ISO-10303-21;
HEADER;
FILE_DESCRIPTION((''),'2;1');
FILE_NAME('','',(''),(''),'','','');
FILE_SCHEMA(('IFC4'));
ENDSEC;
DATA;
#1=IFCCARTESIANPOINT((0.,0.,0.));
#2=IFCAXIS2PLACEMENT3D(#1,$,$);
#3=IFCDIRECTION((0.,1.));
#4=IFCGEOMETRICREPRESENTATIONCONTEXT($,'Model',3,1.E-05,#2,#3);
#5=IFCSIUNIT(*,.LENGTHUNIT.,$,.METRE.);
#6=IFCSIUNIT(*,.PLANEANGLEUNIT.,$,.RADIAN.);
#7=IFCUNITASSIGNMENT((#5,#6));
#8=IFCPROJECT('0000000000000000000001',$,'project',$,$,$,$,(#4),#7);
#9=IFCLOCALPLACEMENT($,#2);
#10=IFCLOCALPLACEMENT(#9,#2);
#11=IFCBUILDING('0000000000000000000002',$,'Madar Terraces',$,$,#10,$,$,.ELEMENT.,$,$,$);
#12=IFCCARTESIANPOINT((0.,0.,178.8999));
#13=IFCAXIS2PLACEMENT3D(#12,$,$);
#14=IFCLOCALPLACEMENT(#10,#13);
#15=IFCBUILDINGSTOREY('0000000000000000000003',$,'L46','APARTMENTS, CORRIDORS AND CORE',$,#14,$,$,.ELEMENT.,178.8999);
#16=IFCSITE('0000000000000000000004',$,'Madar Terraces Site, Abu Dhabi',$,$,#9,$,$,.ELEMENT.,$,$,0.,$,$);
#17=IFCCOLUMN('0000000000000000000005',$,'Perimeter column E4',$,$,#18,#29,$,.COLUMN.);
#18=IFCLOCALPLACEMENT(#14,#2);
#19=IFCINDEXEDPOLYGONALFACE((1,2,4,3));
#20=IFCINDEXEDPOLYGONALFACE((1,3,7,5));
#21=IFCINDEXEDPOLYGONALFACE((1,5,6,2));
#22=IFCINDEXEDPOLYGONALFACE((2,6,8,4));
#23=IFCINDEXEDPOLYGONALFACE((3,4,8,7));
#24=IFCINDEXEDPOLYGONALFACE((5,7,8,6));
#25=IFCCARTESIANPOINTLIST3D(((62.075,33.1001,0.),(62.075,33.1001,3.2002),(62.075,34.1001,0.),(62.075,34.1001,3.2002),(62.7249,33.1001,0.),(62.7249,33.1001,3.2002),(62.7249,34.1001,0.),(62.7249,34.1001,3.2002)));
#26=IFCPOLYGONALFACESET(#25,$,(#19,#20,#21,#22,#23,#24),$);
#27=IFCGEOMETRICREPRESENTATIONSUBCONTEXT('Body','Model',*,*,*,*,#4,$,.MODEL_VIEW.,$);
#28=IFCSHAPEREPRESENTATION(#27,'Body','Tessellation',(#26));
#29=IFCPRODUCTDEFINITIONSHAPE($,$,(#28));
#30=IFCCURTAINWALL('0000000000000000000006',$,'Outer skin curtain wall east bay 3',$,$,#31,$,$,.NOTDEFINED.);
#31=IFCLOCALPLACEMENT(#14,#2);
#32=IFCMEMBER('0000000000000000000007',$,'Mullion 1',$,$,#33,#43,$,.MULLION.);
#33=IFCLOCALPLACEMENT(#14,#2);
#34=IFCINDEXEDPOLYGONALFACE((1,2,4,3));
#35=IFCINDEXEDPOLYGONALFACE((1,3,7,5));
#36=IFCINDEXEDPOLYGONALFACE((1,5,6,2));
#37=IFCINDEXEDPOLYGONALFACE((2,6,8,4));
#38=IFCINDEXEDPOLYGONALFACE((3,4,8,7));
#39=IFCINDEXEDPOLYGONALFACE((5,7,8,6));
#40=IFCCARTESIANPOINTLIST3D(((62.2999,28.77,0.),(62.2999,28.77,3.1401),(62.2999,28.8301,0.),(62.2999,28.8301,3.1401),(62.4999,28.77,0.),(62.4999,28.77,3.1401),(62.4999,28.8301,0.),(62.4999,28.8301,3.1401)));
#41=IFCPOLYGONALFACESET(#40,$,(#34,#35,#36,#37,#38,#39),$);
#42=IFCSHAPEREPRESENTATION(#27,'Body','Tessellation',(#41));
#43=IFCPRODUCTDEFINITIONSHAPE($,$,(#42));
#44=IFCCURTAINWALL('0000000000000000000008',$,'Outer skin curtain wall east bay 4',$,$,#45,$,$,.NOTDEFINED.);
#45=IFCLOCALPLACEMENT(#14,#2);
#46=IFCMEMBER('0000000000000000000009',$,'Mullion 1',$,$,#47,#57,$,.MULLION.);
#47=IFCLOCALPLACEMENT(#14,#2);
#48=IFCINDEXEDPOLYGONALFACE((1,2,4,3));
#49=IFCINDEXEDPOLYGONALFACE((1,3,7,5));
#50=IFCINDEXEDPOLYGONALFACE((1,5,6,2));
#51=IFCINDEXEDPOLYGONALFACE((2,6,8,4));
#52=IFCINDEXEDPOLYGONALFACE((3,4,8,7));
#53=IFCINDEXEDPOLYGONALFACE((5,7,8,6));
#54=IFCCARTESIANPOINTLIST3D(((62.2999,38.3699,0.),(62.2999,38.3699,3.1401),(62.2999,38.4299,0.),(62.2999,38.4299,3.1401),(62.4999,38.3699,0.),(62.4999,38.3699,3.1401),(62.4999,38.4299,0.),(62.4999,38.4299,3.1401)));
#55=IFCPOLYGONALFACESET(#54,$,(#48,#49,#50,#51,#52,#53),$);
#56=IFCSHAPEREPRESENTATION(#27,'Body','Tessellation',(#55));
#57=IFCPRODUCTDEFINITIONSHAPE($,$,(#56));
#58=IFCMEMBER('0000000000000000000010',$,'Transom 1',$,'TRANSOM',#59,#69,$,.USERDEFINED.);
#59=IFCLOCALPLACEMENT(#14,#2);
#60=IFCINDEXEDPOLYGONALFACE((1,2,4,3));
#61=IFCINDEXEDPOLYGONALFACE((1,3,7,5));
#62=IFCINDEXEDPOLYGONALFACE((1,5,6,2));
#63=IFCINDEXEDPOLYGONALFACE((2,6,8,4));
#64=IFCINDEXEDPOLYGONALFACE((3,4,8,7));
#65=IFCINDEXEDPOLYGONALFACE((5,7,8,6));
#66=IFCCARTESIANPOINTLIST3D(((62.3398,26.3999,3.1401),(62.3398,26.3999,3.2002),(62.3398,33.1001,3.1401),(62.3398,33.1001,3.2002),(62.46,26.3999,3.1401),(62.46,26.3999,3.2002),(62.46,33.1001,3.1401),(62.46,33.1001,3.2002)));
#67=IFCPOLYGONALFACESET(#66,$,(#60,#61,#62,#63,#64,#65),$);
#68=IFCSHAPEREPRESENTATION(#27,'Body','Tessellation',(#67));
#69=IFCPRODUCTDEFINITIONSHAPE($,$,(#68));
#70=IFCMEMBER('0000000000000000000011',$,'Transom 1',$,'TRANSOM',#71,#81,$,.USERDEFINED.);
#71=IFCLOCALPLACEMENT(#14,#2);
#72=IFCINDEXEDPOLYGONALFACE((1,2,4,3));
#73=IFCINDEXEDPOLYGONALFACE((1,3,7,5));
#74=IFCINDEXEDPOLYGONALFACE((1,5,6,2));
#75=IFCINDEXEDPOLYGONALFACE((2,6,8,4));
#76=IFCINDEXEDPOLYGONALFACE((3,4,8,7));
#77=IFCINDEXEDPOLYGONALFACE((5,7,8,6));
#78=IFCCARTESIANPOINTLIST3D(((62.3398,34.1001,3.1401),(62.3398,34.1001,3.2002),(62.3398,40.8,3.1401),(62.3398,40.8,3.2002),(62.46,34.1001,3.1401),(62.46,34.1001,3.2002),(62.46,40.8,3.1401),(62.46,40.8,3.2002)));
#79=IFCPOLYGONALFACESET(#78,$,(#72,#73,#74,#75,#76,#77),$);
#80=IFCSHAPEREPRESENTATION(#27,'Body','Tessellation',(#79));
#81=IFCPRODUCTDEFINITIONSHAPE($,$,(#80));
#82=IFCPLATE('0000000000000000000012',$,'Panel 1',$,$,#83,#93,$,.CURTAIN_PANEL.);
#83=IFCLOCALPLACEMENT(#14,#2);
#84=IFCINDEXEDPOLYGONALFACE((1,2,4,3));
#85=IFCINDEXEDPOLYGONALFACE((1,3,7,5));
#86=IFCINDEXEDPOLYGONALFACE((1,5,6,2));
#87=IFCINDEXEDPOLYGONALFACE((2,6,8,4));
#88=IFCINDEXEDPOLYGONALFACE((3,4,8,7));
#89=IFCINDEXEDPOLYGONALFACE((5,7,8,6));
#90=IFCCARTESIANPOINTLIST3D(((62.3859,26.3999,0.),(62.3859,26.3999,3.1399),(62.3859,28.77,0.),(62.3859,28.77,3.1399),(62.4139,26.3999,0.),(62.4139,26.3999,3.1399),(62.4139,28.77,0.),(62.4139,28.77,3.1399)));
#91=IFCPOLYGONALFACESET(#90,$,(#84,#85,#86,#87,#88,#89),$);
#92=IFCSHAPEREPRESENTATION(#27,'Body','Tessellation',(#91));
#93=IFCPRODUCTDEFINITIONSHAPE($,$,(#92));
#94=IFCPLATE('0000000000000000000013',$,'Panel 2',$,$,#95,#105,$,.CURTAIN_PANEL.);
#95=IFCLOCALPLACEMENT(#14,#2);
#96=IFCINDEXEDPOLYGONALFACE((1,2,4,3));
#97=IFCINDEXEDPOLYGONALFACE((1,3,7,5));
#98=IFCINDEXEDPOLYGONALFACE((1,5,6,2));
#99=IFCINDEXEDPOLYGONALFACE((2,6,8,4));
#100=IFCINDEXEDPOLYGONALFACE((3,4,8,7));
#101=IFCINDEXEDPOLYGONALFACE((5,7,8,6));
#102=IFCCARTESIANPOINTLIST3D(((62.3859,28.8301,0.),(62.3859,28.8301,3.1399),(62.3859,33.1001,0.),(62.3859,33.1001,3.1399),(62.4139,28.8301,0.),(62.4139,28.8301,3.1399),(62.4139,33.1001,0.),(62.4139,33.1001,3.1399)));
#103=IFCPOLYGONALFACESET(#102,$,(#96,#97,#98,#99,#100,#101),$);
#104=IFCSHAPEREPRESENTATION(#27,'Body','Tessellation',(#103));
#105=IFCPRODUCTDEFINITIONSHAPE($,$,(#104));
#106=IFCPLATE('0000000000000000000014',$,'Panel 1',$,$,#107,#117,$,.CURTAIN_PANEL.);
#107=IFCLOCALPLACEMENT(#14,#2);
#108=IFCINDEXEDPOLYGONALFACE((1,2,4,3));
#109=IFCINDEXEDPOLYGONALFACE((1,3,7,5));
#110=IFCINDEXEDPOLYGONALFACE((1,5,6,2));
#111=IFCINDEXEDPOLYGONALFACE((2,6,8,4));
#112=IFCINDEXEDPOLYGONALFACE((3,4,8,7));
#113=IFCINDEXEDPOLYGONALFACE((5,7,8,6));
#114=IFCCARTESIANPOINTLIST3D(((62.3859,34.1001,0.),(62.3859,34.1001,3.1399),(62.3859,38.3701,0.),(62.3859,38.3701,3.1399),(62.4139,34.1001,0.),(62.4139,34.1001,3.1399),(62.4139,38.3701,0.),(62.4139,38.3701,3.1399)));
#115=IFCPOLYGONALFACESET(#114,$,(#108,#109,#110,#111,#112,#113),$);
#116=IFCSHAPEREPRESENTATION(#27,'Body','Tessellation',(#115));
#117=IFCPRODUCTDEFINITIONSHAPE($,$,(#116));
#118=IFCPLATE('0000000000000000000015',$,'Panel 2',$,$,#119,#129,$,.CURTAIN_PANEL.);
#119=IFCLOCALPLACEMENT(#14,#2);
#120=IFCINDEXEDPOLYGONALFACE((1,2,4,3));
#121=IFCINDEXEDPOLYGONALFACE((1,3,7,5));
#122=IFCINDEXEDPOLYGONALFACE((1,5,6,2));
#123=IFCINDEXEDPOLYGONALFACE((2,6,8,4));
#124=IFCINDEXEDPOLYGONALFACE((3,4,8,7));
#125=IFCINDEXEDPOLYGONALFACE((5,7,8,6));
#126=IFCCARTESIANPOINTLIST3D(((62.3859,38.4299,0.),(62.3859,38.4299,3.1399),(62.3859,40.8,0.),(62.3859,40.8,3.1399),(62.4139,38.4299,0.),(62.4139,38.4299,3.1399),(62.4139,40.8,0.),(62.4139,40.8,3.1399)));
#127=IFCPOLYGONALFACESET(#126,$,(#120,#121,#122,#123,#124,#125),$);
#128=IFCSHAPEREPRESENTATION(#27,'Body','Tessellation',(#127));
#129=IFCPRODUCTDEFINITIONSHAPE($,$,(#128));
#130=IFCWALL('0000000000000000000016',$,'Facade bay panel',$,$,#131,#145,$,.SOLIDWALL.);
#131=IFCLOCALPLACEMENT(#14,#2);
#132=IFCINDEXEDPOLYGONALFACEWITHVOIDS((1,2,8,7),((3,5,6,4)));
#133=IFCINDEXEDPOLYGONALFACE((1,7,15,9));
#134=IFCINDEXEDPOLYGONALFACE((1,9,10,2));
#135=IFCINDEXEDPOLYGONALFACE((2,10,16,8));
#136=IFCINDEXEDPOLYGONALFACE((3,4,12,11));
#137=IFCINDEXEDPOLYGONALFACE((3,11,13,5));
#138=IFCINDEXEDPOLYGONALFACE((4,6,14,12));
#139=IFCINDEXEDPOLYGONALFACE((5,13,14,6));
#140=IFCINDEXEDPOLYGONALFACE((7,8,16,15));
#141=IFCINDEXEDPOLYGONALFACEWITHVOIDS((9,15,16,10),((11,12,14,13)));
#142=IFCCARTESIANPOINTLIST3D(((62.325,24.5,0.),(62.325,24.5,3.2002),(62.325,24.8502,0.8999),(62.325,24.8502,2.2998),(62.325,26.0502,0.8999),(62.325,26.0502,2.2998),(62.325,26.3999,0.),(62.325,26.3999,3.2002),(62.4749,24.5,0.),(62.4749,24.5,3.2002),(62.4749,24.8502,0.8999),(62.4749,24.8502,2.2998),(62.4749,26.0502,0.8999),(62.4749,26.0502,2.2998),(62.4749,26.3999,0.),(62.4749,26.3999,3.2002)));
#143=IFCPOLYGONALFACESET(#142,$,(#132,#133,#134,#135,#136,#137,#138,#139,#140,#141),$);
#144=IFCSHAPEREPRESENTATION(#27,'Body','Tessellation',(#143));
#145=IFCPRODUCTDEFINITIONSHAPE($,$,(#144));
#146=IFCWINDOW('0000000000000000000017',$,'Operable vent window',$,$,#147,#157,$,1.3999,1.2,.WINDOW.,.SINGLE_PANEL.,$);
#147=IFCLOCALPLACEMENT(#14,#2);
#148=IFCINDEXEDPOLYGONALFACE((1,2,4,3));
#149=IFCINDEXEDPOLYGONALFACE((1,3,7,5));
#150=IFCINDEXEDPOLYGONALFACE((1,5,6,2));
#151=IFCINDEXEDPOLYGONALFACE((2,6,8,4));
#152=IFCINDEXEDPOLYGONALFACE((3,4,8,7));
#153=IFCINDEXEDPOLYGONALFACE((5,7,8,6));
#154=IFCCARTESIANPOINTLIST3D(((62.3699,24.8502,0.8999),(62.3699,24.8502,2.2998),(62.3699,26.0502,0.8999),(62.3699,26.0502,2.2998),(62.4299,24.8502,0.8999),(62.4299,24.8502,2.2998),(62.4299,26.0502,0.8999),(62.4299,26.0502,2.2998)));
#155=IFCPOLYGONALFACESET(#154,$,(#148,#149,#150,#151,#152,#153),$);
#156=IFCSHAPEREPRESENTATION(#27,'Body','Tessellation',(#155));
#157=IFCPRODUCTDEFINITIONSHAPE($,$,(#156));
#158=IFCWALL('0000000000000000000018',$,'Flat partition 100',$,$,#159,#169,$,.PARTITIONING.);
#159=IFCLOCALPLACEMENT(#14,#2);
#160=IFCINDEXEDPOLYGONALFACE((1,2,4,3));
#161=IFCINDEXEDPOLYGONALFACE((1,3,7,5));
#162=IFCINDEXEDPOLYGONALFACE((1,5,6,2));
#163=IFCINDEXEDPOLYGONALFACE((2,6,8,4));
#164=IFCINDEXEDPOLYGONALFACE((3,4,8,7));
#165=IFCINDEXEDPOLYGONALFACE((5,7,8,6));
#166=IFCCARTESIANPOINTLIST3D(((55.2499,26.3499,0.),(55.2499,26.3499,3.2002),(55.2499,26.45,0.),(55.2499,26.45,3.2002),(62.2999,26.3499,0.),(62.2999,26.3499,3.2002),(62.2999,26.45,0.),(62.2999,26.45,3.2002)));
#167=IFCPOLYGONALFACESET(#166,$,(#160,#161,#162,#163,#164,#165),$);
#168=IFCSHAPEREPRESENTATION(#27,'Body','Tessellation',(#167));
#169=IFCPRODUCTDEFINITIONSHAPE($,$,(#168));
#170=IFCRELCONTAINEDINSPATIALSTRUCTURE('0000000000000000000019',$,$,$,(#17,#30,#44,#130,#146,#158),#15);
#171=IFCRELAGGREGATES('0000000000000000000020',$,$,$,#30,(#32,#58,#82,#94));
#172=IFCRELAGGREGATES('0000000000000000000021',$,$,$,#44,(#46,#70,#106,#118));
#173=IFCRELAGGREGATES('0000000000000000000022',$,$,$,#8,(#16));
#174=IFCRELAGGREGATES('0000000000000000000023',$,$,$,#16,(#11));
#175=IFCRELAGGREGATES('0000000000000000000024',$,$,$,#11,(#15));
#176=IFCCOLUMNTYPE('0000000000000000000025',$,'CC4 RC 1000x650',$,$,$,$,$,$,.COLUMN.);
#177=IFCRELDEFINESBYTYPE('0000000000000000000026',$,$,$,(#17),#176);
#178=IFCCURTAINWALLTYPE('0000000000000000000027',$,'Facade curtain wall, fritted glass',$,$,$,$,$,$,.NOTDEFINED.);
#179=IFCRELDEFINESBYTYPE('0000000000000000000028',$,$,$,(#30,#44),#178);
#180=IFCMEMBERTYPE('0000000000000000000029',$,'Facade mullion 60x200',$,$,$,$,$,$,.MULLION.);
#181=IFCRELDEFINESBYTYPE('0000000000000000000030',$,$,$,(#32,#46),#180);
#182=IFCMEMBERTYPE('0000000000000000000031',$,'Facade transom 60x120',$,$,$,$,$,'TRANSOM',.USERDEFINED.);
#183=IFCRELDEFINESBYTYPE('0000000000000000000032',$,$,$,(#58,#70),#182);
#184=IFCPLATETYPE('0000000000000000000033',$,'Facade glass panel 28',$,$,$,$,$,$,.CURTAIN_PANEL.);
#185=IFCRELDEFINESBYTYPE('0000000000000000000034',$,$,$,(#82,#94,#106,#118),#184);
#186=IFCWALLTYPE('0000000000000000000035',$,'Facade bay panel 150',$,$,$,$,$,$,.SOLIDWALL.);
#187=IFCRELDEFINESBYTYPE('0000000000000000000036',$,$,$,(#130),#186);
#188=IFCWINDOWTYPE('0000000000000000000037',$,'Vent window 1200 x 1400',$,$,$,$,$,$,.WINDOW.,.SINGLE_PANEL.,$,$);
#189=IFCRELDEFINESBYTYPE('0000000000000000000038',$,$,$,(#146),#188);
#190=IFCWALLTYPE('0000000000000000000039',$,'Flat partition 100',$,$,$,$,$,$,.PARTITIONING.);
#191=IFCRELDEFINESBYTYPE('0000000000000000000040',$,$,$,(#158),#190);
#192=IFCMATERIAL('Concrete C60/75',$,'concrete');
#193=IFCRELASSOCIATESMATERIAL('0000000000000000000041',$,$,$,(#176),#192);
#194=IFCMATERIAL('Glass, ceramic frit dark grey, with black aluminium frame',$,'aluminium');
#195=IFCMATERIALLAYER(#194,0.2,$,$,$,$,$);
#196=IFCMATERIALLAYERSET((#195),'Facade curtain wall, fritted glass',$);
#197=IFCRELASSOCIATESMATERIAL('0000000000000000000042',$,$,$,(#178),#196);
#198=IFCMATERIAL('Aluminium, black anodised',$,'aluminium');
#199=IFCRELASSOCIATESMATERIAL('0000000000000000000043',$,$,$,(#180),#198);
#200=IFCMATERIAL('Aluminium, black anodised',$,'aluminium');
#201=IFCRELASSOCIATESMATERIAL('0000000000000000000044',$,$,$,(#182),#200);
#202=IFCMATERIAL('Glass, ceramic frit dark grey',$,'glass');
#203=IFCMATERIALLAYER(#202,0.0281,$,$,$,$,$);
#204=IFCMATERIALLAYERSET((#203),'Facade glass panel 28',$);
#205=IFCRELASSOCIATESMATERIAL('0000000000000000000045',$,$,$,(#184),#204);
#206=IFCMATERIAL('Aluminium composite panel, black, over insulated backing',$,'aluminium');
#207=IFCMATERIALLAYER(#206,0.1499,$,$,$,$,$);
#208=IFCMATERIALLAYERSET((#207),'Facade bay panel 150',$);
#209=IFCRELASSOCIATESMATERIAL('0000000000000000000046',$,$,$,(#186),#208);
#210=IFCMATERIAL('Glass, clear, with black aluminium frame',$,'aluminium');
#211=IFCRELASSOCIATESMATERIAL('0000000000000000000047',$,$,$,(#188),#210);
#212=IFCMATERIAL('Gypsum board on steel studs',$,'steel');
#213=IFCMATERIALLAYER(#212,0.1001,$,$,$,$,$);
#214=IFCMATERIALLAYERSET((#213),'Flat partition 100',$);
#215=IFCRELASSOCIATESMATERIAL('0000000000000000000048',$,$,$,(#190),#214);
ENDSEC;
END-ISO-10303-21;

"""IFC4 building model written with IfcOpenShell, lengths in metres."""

from ifc_helpers import new_model, si_unit, direction, frame, frame_2d, origin, origin_2d, place, context, subcontext, project, spatial, rectangle, extrude, material, layer, layer_set, material_profile, profile_set, type_object, element, fill, aggregate, save


model = new_model("IFC4")

# Units and contexts
model_context = context("Model", 3, precision=1e-05, world=origin(), true_north=direction((0.0, 1.0)))
body_context = subcontext(model_context, "Body", "Model", "MODEL_VIEW")
ifc_project = project(units=[si_unit("LENGTHUNIT", "METRE"), si_unit("PLANEANGLEUNIT", "RADIAN")], contexts=[model_context])

# Site, building, storey
site_placement = place(None, origin())
site = spatial("IfcSite", under=ifc_project, at=site_placement, Name="Madar Terraces Site, Abu Dhabi", CompositionType="ELEMENT", RefElevation=0.0)
building_placement = place(site_placement, origin())
building = spatial("IfcBuilding", under=site, at=building_placement, Name="Madar Terraces", CompositionType="ELEMENT")
storey_placement = place(building_placement, frame((0.0, 0.0, 178.8999)))
storey = spatial("IfcBuildingStorey", under=building, at=storey_placement, Name="L46", Description="APARTMENTS, CORRIDORS AND CORE", CompositionType="ELEMENT", Elevation=178.8999)

# Column
ifc_material_1 = material(Name="Concrete C60/75", Category="concrete")
ifc_material_profile_1 = material_profile(ifc_material_1, rectangle(XDim=1.0, YDim=0.6499, at=origin_2d()), Name="CC4 RC 1000x650")
ifc_profile_set_1 = profile_set([ifc_material_profile_1], Name="Concrete C60/75")
column_type = type_object("IfcColumnType", Name="CC4 RC 1000x650", PredefinedType="COLUMN", material=ifc_profile_set_1)
column_placement = place(storey_placement, frame((62.3999, 33.6001, 0.0), z_axis=(0.0, 0.0, 1.0), x_axis=(0.0, 1.0, 0.0)))
element("IfcColumn", 1, at=column_placement, inside=storey, type_object=column_type, Name="Perimeter column E4", PredefinedType="COLUMN", context=body_context, shape_type="SweptSolid", body=[
    extrude(rectangle(XDim=1.0, YDim=0.6499, at=origin_2d()), origin(), (0.0, 0.0, 1.0), 3.2002),
])

# Curtain walls, members
ifc_material_2 = material(Name="Glass, ceramic frit dark grey, with black aluminium frame", Category="aluminium")
ifc_layer_1 = layer(ifc_material_2, 0.2)
ifc_layer_set_1 = layer_set([ifc_layer_1], Name="Facade curtain wall, fritted glass")
curtain_wall_type = type_object("IfcCurtainWallType", Name="Facade curtain wall, fritted glass", PredefinedType="NOTDEFINED", material=ifc_layer_set_1)
curtain_wall_1_placement = place(storey_placement, origin())
curtain_wall_1 = element("IfcCurtainWall", 2, at=curtain_wall_1_placement, inside=storey, type_object=curtain_wall_type, Name="Outer skin curtain wall east bay 3", PredefinedType="NOTDEFINED")
ifc_material_3 = material(Name="Aluminium, black anodised", Category="aluminium")
ifc_material_profile_2 = material_profile(ifc_material_3, rectangle(XDim=0.2, YDim=0.0601, at=origin_2d()), Name="Facade mullion 60x200")
ifc_profile_set_2 = profile_set([ifc_material_profile_2], Name="Aluminium, black anodised")
member_type_1 = type_object("IfcMemberType", Name="Facade mullion 60x200", PredefinedType="MULLION", material=ifc_profile_set_2)
member_1_placement = place(storey_placement, frame((62.3999, 28.8, 0.0), z_axis=(0.0, 0.0, 1.0), x_axis=(-1.0, 0.0, 0.0)))
member_1 = element("IfcMember", 3, at=member_1_placement, type_object=member_type_1, Name="Mullion 1", PredefinedType="MULLION", context=body_context, shape_type="SweptSolid", body=[
    extrude(rectangle(XDim=0.2, YDim=0.0601, at=origin_2d()), origin(), (0.0, 0.0, 1.0), 3.1401),
])
curtain_wall_2_placement = place(storey_placement, origin())
curtain_wall_2 = element("IfcCurtainWall", 4, at=curtain_wall_2_placement, inside=storey, type_object=curtain_wall_type, Name="Outer skin curtain wall east bay 4", PredefinedType="NOTDEFINED")
member_2_placement = place(storey_placement, frame((62.3999, 38.3999, 0.0), z_axis=(0.0, 0.0, 1.0), x_axis=(-1.0, 0.0, 0.0)))
member_2 = element("IfcMember", 5, at=member_2_placement, type_object=member_type_1, Name="Mullion 1", PredefinedType="MULLION", context=body_context, shape_type="SweptSolid", body=[
    extrude(rectangle(XDim=0.2, YDim=0.0601, at=origin_2d()), origin(), (0.0, 0.0, 1.0), 3.1401),
])

# Members
ifc_material_4 = material(Name="Aluminium, black anodised", Category="aluminium")
ifc_material_profile_3 = material_profile(ifc_material_4, rectangle(XDim=0.1201, YDim=0.0601, at=origin_2d()), Name="Facade transom 60x120")
ifc_profile_set_3 = profile_set([ifc_material_profile_3], Name="Aluminium, black anodised")
member_type_2 = type_object("IfcMemberType", Name="Facade transom 60x120", ElementType="TRANSOM", PredefinedType="USERDEFINED", material=ifc_profile_set_3)
member_3_placement = place(storey_placement, frame((62.3999, 26.3999, 3.1702), z_axis=(0.0, 1.0, 0.0), x_axis=(-1.0, 0.0, 0.0)))
member_3 = element("IfcMember", 6, at=member_3_placement, type_object=member_type_2, Name="Transom 1", ObjectType="TRANSOM", PredefinedType="USERDEFINED", context=body_context, shape_type="SweptSolid", body=[
    extrude(rectangle(XDim=0.1201, YDim=0.0601, at=origin_2d()), origin(), (0.0, 0.0, 1.0), 6.7002),
])
member_4_placement = place(storey_placement, frame((62.3999, 34.1001, 3.1702), z_axis=(0.0, 1.0, 0.0), x_axis=(-1.0, 0.0, 0.0)))
member_4 = element("IfcMember", 7, at=member_4_placement, type_object=member_type_2, Name="Transom 1", ObjectType="TRANSOM", PredefinedType="USERDEFINED", context=body_context, shape_type="SweptSolid", body=[
    extrude(rectangle(XDim=0.1201, YDim=0.0601, at=origin_2d()), origin(), (0.0, 0.0, 1.0), 6.7),
])

# Plates
ifc_material_5 = material(Name="Glass, ceramic frit dark grey", Category="glass")
ifc_layer_2 = layer(ifc_material_5, 0.0281)
ifc_layer_set_2 = layer_set([ifc_layer_2], Name="Facade glass panel 28")
plate_type = type_object("IfcPlateType", Name="Facade glass panel 28", PredefinedType="CURTAIN_PANEL", material=ifc_layer_set_2)
plate_1_placement = place(storey_placement, frame((62.3999, 27.585, 0.0), z_axis=(0.0, 0.0, 1.0), x_axis=(0.0, 1.0, 0.0)))
plate_1 = element("IfcPlate", 8, at=plate_1_placement, type_object=plate_type, Name="Panel 1", PredefinedType="CURTAIN_PANEL", context=body_context, shape_type="SweptSolid", body=[
    extrude(rectangle(XDim=2.3701, YDim=0.0281, at=origin_2d()), origin(), (0.0, 0.0, 1.0), 3.1399),
])
plate_2_placement = place(storey_placement, frame((62.3999, 30.9651, 0.0), z_axis=(0.0, 0.0, 1.0), x_axis=(0.0, 1.0, 0.0)))
plate_2 = element("IfcPlate", 9, at=plate_2_placement, type_object=plate_type, Name="Panel 2", PredefinedType="CURTAIN_PANEL", context=body_context, shape_type="SweptSolid", body=[
    extrude(rectangle(XDim=4.27, YDim=0.0281, at=origin_2d()), origin(), (0.0, 0.0, 1.0), 3.1399),
])
aggregate(curtain_wall_1, [member_1, member_3, plate_1, plate_2])
plate_3_placement = place(storey_placement, frame((62.3999, 36.2351, 0.0), z_axis=(0.0, 0.0, 1.0), x_axis=(0.0, 1.0, 0.0)))
plate_3 = element("IfcPlate", 10, at=plate_3_placement, type_object=plate_type, Name="Panel 1", PredefinedType="CURTAIN_PANEL", context=body_context, shape_type="SweptSolid", body=[
    extrude(rectangle(XDim=4.27, YDim=0.0281, at=origin_2d()), origin(), (0.0, 0.0, 1.0), 3.1399),
])
plate_4_placement = place(storey_placement, frame((62.3999, 39.615, 0.0), z_axis=(0.0, 0.0, 1.0), x_axis=(0.0, 1.0, 0.0)))
plate_4 = element("IfcPlate", 11, at=plate_4_placement, type_object=plate_type, Name="Panel 2", PredefinedType="CURTAIN_PANEL", context=body_context, shape_type="SweptSolid", body=[
    extrude(rectangle(XDim=2.3701, YDim=0.0281, at=origin_2d()), origin(), (0.0, 0.0, 1.0), 3.1399),
])
aggregate(curtain_wall_2, [member_2, member_4, plate_3, plate_4])

# Wall, opening, window
ifc_material_6 = material(Name="Aluminium composite panel, black, over insulated backing", Category="aluminium")
ifc_layer_3 = layer(ifc_material_6, 0.1499)
ifc_layer_set_3 = layer_set([ifc_layer_3], Name="Facade bay panel 150")
wall_type_1 = type_object("IfcWallType", Name="Facade bay panel 150", PredefinedType="SOLIDWALL", material=ifc_layer_set_3)
wall_1_placement = place(storey_placement, frame((62.3999, 24.5, 0.0), z_axis=(0.0, 0.0, 1.0), x_axis=(0.0, 1.0, 0.0)))
wall_1 = element("IfcWall", 12, at=wall_1_placement, inside=storey, type_object=wall_type_1, Name="Facade bay panel", PredefinedType="SOLIDWALL", context=body_context, shape_type="SweptSolid", body=[
    extrude(rectangle(XDim=1.8999, YDim=0.1499, at=frame_2d((0.95, 0.0))), origin(), (0.0, 0.0, 1.0), 3.2002),
])
opening_1_placement = place(wall_1_placement, frame((0.3501, 0.0, 0.8999)))
opening_1 = element("IfcOpeningElement", 13, at=opening_1_placement, cuts=wall_1, PredefinedType="OPENING", context=body_context, shape_type="SweptSolid", body=[
    extrude(rectangle(XDim=1.2, YDim=1.3999, at=frame_2d((0.6001, 0.7))), frame((0.0, 0.085, 0.0), z_axis=(0.0, -1.0, 0.0), x_axis=(1.0, 0.0, 0.0)), (0.0, 0.0, 1.0), 0.1699),
])
ifc_material_7 = material(Name="Glass, clear, with black aluminium frame", Category="aluminium")
window_type = type_object("IfcWindowType", Name="Vent window 1200 x 1400", PartitioningType="SINGLE_PANEL", PredefinedType="WINDOW", material=ifc_material_7)
window_placement = place(opening_1_placement, origin())
window = element("IfcWindow", 14, at=window_placement, inside=storey, type_object=window_type, Name="Operable vent window", OverallHeight=1.3999, OverallWidth=1.2, PartitioningType="SINGLE_PANEL", PredefinedType="WINDOW", context=body_context, shape_type="SweptSolid", body=[
    extrude(rectangle(XDim=1.2, YDim=1.3999, at=frame_2d((0.6001, 0.7))), frame((0.0, 0.03, 0.0), z_axis=(0.0, -1.0, 0.0), x_axis=(1.0, 0.0, 0.0)), (0.0, 0.0, 1.0), 0.0601),
])
fill(opening_1, window)

# Wall
ifc_material_8 = material(Name="Gypsum board on steel studs", Category="steel")
ifc_layer_4 = layer(ifc_material_8, 0.1001)
ifc_layer_set_4 = layer_set([ifc_layer_4], Name="Flat partition 100")
wall_type_2 = type_object("IfcWallType", Name="Flat partition 100", PredefinedType="PARTITIONING", material=ifc_layer_set_4)
wall_2_placement = place(storey_placement, frame((55.25, 26.3999, 0.0), z_axis=(0.0, 0.0, 1.0), x_axis=(1.0, 0.0, 0.0)))
element("IfcWall", 15, at=wall_2_placement, inside=storey, type_object=wall_type_2, Name="Flat partition 100", PredefinedType="PARTITIONING", context=body_context, shape_type="SweptSolid", body=[
    extrude(rectangle(XDim=7.05, YDim=0.1001, at=frame_2d((3.5249, 0.0))), origin(), (0.0, 0.0, 1.0), 3.2002),
])

save(model, "model.ifc")
